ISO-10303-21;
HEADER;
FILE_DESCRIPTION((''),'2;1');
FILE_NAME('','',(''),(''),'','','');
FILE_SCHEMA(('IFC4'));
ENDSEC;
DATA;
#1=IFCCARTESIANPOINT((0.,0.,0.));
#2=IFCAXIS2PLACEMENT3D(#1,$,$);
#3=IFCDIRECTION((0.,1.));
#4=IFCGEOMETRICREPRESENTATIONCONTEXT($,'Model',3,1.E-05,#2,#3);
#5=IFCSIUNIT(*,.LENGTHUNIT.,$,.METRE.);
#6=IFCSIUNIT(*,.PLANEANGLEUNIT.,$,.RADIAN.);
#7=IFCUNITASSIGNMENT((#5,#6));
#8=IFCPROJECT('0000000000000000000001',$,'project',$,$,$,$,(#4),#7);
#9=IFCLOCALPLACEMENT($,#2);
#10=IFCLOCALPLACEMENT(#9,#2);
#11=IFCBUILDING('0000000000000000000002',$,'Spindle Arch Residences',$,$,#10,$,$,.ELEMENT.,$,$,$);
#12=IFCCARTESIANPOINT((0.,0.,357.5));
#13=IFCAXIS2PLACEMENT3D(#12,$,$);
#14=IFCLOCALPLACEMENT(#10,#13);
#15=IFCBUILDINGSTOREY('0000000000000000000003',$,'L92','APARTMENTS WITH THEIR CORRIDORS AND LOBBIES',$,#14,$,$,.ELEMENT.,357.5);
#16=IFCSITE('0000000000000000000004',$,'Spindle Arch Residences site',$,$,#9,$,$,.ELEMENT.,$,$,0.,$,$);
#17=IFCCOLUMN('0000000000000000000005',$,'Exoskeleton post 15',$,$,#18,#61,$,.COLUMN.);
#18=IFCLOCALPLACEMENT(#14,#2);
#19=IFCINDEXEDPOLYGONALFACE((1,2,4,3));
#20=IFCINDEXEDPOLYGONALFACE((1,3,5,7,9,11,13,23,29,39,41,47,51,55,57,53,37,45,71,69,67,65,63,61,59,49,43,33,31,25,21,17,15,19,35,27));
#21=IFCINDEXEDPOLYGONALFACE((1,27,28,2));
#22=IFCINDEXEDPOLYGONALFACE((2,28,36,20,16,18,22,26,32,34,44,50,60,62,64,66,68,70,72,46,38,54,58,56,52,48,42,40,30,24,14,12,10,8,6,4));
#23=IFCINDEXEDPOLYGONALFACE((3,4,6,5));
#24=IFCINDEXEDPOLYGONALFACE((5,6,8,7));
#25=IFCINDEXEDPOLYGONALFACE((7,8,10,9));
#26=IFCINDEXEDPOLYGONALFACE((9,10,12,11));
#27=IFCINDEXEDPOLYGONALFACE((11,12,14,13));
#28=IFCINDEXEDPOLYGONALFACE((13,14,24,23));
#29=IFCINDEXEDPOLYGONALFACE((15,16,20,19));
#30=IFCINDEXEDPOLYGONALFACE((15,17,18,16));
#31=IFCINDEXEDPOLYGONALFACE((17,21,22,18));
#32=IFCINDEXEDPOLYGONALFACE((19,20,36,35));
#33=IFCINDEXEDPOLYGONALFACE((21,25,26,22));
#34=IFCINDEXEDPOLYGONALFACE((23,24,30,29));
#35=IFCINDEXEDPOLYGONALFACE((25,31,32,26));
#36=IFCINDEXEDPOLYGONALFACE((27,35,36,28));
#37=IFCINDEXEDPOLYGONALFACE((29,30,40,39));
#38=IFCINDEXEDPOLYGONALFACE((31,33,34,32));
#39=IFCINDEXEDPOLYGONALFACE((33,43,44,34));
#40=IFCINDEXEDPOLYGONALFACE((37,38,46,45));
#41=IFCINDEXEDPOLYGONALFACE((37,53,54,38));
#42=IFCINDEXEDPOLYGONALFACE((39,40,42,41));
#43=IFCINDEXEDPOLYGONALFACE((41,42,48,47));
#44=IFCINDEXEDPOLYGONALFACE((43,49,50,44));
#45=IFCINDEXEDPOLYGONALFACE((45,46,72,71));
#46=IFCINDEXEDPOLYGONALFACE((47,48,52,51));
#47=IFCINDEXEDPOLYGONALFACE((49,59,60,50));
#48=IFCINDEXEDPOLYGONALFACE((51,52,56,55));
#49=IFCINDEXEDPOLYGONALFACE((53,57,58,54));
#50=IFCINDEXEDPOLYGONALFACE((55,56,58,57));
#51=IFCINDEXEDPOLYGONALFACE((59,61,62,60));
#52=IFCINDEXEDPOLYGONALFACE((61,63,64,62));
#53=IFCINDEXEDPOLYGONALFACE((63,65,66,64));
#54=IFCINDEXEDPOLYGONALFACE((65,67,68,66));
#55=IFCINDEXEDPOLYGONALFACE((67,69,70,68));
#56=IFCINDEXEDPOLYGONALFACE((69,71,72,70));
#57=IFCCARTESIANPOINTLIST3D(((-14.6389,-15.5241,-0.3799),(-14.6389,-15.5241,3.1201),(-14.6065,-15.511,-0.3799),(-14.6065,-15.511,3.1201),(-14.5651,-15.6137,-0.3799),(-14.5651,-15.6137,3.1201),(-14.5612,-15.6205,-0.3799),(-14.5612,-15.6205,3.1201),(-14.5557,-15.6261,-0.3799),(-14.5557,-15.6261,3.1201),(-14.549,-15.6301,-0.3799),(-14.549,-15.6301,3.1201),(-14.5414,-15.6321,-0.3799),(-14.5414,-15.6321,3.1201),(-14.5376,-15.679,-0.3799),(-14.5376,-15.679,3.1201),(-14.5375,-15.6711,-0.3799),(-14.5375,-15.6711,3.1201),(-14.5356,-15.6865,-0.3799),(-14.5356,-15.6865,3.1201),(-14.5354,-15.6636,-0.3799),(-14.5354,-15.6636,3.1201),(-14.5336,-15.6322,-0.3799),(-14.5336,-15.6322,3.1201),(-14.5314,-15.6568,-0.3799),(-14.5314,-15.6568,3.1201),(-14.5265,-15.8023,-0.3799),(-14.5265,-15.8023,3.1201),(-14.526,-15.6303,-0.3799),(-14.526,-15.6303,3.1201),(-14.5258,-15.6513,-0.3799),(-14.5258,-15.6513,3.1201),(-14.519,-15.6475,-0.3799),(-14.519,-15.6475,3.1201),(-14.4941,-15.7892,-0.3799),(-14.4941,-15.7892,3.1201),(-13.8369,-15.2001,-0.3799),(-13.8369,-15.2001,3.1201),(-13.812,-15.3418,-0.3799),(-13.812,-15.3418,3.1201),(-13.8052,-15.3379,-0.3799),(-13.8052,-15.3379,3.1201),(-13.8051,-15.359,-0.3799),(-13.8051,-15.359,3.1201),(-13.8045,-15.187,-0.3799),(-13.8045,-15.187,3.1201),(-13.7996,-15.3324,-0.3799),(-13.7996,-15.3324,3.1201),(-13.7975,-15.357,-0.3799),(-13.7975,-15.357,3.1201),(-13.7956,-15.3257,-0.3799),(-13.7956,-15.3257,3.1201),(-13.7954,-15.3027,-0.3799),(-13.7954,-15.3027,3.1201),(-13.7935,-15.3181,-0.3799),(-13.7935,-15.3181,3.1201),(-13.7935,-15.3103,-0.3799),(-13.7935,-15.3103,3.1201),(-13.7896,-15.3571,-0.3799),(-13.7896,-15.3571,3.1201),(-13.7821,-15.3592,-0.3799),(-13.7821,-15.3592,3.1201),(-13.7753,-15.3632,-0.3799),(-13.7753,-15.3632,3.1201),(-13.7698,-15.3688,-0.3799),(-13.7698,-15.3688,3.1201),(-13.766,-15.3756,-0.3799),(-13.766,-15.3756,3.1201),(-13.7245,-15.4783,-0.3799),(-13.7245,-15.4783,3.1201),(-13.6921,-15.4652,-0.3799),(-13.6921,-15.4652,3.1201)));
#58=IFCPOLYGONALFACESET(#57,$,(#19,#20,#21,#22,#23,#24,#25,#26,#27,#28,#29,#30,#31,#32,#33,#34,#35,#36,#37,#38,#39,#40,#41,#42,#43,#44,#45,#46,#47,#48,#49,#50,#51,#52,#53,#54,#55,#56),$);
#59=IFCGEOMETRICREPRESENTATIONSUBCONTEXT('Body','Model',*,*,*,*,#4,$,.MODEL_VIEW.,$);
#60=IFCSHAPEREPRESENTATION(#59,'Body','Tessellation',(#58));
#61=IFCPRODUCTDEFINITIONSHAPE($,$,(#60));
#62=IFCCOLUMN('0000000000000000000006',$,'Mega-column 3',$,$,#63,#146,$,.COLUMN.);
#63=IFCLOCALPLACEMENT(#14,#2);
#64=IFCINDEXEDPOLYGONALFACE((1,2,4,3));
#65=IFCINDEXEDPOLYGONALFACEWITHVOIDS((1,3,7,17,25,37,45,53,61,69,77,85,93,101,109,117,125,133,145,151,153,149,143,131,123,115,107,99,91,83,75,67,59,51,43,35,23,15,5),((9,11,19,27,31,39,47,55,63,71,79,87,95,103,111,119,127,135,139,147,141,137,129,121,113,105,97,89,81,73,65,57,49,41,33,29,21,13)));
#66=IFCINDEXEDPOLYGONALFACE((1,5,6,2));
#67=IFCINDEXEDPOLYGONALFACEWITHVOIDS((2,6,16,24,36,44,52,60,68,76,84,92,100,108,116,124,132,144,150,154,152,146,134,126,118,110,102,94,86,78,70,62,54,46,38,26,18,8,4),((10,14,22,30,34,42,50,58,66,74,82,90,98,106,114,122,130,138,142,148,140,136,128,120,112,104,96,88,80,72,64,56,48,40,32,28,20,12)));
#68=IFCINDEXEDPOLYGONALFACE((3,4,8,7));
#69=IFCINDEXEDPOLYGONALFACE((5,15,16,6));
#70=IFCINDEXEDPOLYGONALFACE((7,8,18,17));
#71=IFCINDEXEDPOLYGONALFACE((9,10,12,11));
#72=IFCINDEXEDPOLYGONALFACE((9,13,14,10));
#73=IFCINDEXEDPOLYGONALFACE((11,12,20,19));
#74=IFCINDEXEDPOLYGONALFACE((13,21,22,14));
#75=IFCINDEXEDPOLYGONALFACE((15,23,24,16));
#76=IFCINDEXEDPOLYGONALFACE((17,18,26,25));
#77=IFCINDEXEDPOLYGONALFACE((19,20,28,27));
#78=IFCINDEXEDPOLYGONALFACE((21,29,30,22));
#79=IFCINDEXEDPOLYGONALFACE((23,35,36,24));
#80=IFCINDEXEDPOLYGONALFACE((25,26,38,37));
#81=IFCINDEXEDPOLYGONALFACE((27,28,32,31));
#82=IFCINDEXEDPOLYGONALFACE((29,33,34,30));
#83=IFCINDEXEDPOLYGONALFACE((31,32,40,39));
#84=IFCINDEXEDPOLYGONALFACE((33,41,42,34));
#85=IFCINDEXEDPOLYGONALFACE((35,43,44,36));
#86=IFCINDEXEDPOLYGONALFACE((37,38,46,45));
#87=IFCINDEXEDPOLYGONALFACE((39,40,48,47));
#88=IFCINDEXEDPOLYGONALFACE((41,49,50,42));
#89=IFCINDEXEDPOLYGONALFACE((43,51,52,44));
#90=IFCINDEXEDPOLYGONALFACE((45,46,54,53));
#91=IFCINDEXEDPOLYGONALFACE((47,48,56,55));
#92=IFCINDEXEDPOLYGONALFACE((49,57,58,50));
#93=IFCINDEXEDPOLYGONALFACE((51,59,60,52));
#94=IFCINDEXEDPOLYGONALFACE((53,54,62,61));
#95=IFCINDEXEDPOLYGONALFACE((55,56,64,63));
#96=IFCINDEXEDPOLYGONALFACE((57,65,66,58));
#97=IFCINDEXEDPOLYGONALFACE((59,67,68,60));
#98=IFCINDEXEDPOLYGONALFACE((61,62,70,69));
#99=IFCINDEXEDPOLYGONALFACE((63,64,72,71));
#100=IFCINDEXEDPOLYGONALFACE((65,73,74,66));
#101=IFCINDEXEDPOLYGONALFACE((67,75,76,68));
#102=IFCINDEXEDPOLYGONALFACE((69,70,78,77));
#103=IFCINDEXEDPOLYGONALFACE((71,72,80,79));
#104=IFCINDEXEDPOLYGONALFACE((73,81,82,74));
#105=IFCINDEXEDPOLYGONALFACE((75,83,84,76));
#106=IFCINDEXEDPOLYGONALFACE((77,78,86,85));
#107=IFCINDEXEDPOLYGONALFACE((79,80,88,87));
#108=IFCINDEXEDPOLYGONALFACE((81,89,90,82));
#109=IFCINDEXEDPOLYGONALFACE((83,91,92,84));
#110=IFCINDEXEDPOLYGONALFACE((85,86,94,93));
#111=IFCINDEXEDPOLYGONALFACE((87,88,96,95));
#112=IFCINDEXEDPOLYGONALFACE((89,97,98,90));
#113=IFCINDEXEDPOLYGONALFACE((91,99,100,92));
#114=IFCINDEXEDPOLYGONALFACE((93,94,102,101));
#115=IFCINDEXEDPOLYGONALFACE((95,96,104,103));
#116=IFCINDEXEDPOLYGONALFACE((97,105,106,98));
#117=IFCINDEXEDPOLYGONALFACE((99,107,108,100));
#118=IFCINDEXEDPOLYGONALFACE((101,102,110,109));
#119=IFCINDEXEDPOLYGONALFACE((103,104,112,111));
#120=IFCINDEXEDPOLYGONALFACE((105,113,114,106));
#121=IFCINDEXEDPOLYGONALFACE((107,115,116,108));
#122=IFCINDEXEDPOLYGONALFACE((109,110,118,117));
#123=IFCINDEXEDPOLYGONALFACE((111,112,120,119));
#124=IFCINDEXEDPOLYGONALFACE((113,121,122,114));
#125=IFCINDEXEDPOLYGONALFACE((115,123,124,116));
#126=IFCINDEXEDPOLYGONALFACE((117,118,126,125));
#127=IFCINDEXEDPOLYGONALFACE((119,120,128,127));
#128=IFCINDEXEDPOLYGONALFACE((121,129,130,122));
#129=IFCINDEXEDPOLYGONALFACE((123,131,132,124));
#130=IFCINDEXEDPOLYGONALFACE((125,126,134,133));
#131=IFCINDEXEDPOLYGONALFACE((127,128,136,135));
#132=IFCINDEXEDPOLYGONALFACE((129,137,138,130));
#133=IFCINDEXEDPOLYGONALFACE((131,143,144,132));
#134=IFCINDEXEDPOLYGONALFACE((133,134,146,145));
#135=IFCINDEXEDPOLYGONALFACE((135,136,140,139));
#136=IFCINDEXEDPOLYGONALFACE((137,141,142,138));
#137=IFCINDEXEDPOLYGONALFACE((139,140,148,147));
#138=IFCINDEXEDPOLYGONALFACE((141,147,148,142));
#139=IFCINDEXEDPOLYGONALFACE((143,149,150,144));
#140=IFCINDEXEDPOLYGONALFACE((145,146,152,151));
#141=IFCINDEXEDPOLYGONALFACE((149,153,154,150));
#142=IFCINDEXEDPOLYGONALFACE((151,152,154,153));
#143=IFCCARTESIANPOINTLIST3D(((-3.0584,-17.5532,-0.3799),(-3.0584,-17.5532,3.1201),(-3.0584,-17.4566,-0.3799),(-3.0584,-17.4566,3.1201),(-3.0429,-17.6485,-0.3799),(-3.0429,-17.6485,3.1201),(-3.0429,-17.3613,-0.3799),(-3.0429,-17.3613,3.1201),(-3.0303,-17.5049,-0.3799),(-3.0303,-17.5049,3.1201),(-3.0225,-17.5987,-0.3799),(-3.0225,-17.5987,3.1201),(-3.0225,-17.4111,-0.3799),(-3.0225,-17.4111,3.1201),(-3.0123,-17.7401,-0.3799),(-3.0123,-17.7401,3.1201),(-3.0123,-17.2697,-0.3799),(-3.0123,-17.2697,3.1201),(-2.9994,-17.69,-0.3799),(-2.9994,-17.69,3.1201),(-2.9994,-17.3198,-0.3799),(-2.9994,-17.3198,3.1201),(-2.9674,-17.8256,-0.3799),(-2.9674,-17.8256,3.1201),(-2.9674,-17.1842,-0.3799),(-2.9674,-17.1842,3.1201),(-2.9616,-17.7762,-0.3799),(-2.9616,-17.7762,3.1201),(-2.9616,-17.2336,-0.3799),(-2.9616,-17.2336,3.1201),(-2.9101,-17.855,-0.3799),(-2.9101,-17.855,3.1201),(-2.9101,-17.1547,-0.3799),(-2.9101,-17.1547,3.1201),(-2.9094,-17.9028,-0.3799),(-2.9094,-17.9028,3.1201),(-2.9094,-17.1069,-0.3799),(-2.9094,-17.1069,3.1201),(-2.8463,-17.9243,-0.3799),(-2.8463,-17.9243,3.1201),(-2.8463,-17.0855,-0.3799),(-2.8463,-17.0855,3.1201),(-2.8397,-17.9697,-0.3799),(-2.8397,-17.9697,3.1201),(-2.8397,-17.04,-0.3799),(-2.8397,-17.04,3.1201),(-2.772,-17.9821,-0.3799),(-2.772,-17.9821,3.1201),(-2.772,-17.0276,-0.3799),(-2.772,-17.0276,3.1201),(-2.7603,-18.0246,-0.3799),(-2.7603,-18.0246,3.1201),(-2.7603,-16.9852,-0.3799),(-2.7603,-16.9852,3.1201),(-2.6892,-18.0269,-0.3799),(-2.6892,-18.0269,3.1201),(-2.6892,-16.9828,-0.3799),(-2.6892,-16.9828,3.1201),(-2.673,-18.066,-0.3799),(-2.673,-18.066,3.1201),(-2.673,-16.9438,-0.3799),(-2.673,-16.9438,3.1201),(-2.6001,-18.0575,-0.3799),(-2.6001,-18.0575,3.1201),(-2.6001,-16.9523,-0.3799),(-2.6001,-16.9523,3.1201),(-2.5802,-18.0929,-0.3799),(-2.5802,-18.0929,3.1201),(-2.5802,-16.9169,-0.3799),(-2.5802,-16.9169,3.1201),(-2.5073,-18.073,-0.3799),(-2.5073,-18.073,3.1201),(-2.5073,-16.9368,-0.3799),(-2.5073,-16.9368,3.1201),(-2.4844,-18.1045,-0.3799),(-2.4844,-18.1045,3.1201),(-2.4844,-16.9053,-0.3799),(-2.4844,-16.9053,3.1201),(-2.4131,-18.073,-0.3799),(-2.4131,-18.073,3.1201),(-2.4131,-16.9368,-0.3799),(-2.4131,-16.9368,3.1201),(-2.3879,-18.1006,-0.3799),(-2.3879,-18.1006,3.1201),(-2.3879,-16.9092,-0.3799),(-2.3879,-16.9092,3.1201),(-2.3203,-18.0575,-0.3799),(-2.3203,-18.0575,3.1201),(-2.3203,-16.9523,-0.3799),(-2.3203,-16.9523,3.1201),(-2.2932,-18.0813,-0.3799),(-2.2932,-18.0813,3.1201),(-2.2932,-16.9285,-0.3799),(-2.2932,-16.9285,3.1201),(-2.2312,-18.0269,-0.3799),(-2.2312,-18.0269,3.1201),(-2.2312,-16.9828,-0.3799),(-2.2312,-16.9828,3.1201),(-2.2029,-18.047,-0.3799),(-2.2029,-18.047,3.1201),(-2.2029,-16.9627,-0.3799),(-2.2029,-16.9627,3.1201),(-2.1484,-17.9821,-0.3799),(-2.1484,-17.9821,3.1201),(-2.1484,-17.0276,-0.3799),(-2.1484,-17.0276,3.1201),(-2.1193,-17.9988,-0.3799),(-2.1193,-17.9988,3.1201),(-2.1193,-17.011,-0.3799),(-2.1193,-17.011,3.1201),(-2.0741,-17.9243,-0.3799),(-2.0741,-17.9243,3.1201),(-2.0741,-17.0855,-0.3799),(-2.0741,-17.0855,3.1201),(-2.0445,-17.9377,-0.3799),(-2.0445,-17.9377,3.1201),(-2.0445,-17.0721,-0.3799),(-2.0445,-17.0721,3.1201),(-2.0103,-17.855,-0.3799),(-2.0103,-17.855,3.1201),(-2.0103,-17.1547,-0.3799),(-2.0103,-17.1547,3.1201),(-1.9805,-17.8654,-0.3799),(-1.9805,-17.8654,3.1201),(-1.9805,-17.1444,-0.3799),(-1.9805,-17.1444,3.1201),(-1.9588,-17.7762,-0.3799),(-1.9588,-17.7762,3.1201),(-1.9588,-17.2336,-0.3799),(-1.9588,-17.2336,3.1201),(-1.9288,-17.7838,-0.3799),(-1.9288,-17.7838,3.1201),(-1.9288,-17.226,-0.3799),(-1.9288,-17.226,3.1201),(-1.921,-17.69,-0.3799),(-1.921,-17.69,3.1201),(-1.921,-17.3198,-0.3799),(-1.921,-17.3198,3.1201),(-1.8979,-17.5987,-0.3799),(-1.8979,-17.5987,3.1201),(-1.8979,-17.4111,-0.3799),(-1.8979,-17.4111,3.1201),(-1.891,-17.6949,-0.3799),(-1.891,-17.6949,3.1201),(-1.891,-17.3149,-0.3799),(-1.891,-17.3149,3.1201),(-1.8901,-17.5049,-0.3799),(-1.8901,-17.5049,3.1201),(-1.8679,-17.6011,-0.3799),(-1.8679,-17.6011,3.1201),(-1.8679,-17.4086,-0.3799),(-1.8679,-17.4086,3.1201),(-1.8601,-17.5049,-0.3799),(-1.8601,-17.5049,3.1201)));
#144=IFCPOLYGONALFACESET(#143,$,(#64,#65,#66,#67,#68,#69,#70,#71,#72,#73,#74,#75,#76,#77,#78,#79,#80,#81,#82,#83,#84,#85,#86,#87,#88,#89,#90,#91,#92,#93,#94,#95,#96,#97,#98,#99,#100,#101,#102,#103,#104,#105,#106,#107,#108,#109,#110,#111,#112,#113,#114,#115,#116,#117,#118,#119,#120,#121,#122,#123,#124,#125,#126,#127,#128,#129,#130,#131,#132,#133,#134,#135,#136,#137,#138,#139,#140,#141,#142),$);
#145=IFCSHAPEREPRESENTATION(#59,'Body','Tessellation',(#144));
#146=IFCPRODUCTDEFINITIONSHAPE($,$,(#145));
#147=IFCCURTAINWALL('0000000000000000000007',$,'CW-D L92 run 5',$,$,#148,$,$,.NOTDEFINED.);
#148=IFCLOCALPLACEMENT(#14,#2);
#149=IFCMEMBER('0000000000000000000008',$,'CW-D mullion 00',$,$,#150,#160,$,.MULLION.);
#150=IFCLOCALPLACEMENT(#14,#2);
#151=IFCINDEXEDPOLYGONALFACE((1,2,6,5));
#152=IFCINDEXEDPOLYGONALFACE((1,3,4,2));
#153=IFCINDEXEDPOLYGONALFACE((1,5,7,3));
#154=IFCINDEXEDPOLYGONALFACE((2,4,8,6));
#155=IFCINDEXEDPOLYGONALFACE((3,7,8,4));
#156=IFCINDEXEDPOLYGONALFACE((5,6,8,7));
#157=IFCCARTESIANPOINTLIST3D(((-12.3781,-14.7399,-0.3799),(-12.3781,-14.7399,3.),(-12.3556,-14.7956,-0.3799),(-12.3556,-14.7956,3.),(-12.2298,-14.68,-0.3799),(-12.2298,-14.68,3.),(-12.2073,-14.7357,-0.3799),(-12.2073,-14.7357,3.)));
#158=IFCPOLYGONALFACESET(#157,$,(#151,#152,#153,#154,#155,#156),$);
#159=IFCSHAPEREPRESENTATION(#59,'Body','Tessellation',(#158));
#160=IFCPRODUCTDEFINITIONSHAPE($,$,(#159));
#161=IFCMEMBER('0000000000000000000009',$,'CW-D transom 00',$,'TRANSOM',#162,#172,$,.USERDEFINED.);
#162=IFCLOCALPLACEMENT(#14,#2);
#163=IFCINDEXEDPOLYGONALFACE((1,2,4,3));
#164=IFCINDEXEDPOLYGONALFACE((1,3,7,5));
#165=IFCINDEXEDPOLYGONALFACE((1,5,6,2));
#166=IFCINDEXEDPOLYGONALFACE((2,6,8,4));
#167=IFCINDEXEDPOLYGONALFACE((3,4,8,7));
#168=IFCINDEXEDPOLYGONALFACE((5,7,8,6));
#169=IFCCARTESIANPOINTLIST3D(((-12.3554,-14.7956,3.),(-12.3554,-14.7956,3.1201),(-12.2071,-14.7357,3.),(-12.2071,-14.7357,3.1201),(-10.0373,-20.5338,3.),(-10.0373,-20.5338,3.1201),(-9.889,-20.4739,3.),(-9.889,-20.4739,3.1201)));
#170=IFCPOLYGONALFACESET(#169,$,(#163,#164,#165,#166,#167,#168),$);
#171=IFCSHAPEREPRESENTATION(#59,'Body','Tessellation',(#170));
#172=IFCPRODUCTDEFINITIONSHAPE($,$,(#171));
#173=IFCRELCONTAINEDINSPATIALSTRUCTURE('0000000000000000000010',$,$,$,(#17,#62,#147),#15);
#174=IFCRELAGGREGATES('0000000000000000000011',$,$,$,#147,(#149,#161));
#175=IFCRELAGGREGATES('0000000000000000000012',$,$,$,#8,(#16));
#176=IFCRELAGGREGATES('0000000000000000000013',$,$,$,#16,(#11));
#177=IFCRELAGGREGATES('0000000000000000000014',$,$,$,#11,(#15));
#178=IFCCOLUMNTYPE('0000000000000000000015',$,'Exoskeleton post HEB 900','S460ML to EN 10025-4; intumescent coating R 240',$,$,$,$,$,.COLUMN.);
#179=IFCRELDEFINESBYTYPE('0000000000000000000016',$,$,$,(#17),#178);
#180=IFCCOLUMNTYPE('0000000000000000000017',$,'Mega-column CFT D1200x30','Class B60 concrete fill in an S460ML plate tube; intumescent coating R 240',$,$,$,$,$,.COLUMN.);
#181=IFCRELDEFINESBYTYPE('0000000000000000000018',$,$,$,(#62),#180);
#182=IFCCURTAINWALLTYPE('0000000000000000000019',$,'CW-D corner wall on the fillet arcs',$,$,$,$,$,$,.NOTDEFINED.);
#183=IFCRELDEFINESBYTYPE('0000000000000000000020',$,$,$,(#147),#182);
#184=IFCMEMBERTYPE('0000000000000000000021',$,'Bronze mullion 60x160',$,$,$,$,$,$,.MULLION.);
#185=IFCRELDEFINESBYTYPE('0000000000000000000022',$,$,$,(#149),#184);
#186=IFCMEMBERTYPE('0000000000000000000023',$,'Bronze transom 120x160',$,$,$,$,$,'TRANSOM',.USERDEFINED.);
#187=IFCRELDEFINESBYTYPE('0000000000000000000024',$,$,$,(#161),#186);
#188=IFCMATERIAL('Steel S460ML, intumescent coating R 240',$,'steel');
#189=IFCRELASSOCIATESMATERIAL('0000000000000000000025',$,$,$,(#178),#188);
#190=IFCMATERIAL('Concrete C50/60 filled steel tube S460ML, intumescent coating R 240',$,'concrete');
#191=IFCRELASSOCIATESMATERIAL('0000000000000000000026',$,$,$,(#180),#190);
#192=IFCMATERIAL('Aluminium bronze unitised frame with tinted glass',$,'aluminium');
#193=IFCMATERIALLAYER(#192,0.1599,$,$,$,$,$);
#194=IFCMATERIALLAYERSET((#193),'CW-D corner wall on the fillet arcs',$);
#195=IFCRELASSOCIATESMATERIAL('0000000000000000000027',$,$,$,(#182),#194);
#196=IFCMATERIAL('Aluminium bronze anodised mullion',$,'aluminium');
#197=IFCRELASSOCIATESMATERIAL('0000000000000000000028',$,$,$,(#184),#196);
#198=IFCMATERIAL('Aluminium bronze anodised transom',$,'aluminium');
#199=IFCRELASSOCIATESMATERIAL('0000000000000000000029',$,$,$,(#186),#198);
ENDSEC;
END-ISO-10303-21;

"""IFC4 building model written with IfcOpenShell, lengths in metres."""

from ifc_helpers import new_model, si_unit, direction, frame, origin, origin_2d, place, context, subcontext, project, spatial, rectangle, hollow_circle, i_section, extrude, material, layer, layer_set, material_profile, profile_set, type_object, element, aggregate, save


model = new_model("IFC4")

# Units and contexts
model_context = context("Model", 3, precision=1e-05, world=origin(), true_north=direction((0.0, 1.0)))
body_context = subcontext(model_context, "Body", "Model", "MODEL_VIEW")
ifc_project = project(units=[si_unit("LENGTHUNIT", "METRE"), si_unit("PLANEANGLEUNIT", "RADIAN")], contexts=[model_context])

# Site, building, storey
site_placement = place(None, origin())
site = spatial("IfcSite", under=ifc_project, at=site_placement, Name="Spindle Arch Residences site", CompositionType="ELEMENT", RefElevation=0.0)
building_placement = place(site_placement, origin())
building = spatial("IfcBuilding", under=site, at=building_placement, Name="Spindle Arch Residences", CompositionType="ELEMENT")
storey_placement = place(building_placement, frame((0.0, 0.0, 357.5)))
storey = spatial("IfcBuildingStorey", under=building, at=storey_placement, Name="L92", Description="APARTMENTS WITH THEIR CORRIDORS AND LOBBIES", CompositionType="ELEMENT", Elevation=357.5)

# Columns
ifc_material_1 = material(Name="Steel S460ML, intumescent coating R 240", Category="steel")
ifc_material_profile_1 = material_profile(ifc_material_1, i_section(OverallWidth=0.3, OverallDepth=0.8999, WebThickness=0.0186, FlangeThickness=0.0349, FilletRadius=0.03, at=origin_2d()), Name="HEB 900")
ifc_profile_set_1 = profile_set([ifc_material_profile_1], Name="Steel S460ML, intumescent coating R 240")
column_type_1 = type_object("IfcColumnType", Name="Exoskeleton post HEB 900", Description="S460ML to EN 10025-4; intumescent coating R 240", PredefinedType="COLUMN", material=ifc_profile_set_1)
column_1_placement = place(storey_placement, frame((-14.1655, -15.4946, -0.3799), z_axis=(0.0, 0.0, 1.0), x_axis=(-0.374607, 0.927184, 0.0)))
element("IfcColumn", 1, at=column_1_placement, inside=storey, type_object=column_type_1, Name="Exoskeleton post 15", PredefinedType="COLUMN", context=body_context, shape_type="SweptSolid", body=[
    extrude(i_section(OverallWidth=0.3, OverallDepth=0.8999, WebThickness=0.0186, FlangeThickness=0.0349, FilletRadius=0.03, at=origin_2d()), origin(), (0.0, 0.0, 1.0), 3.5),
])
ifc_material_2 = material(Name="Concrete C50/60 filled steel tube S460ML, intumescent coating R 240", Category="concrete")
ifc_material_profile_2 = material_profile(ifc_material_2, hollow_circle(Radius=0.6001, WallThickness=0.03, at=origin_2d()), Name="CFT D1200x30")
ifc_profile_set_2 = profile_set([ifc_material_profile_2], Name="Concrete C50/60 filled steel tube S460ML, intumescent coating R 240")
column_type_2 = type_object("IfcColumnType", Name="Mega-column CFT D1200x30", Description="Class B60 concrete fill in an S460ML plate tube; intumescent coating R 240", PredefinedType="COLUMN", material=ifc_profile_set_2)
column_2_placement = place(storey_placement, frame((-2.4602, -17.5049, -0.3799), z_axis=(0.0, 0.0, 1.0), x_axis=(1.0, 0.0, 0.0)))
element("IfcColumn", 2, at=column_2_placement, inside=storey, type_object=column_type_2, Name="Mega-column 3", PredefinedType="COLUMN", context=body_context, shape_type="SweptSolid", body=[
    extrude(hollow_circle(Radius=0.6001, WallThickness=0.03, at=origin_2d()), origin(), (0.0, 0.0, 1.0), 3.5),
])

# Curtain wall, members
ifc_material_3 = material(Name="Aluminium bronze unitised frame with tinted glass", Category="aluminium")
ifc_layer_1 = layer(ifc_material_3, 0.1599)
ifc_layer_set_1 = layer_set([ifc_layer_1], Name="CW-D corner wall on the fillet arcs")
curtain_wall_type_1 = type_object("IfcCurtainWallType", Name="CW-D corner wall on the fillet arcs", PredefinedType="NOTDEFINED", material=ifc_layer_set_1)
curtain_wall_1_placement = place(storey_placement, origin())
curtain_wall_1 = element("IfcCurtainWall", 3, at=curtain_wall_1_placement, inside=storey, type_object=curtain_wall_type_1, Name="CW-D L92 run 5", PredefinedType="NOTDEFINED")
ifc_material_4 = material(Name="Aluminium bronze anodised mullion", Category="aluminium")
ifc_material_profile_3 = material_profile(ifc_material_4, rectangle(XDim=0.1599, YDim=0.0601, at=origin_2d()), Name="MU 60x160")
ifc_profile_set_3 = profile_set([ifc_material_profile_3], Name="Aluminium bronze anodised mullion")
member_type_1 = type_object("IfcMemberType", Name="Bronze mullion 60x160", PredefinedType="MULLION", material=ifc_profile_set_3)
member_1_placement = place(storey_placement, frame((-12.2927, -14.7378, -0.3799), z_axis=(0.0, 0.0, 1.0), x_axis=(0.927184, 0.374607, 0.0)))
member_1 = element("IfcMember", 4, at=member_1_placement, type_object=member_type_1, Name="CW-D mullion 00", PredefinedType="MULLION", context=body_context, shape_type="SweptSolid", body=[
    extrude(rectangle(XDim=0.1599, YDim=0.0601, at=origin_2d()), origin(), (0.0, 0.0, 1.0), 3.3799),
])
ifc_material_5 = material(Name="Aluminium bronze anodised transom", Category="aluminium")
ifc_material_profile_4 = material_profile(ifc_material_5, rectangle(XDim=0.1599, YDim=0.1201, at=origin_2d()), Name="TR 120x160")
ifc_profile_set_4 = profile_set([ifc_material_profile_4], Name="Aluminium bronze anodised transom")
member_type_2 = type_object("IfcMemberType", Name="Bronze transom 120x160", ElementType="TRANSOM", PredefinedType="USERDEFINED", material=ifc_profile_set_4)
member_2_placement = place(storey_placement, frame((-12.2812, -14.7656, 3.0601), z_axis=(0.374565, -0.927201, 0.0), x_axis=(0.927201, 0.374565, 0.0)))
member_2 = element("IfcMember", 5, at=member_2_placement, type_object=member_type_2, Name="CW-D transom 00", ObjectType="TRANSOM", PredefinedType="USERDEFINED", context=body_context, shape_type="SweptSolid", body=[
    extrude(rectangle(XDim=0.1599, YDim=0.1201, at=origin_2d()), origin(), (0.0, 0.0, 1.0), 6.1887),
])

aggregate(curtain_wall_1, [member_1, member_2])

save(model, "model.ifc")
